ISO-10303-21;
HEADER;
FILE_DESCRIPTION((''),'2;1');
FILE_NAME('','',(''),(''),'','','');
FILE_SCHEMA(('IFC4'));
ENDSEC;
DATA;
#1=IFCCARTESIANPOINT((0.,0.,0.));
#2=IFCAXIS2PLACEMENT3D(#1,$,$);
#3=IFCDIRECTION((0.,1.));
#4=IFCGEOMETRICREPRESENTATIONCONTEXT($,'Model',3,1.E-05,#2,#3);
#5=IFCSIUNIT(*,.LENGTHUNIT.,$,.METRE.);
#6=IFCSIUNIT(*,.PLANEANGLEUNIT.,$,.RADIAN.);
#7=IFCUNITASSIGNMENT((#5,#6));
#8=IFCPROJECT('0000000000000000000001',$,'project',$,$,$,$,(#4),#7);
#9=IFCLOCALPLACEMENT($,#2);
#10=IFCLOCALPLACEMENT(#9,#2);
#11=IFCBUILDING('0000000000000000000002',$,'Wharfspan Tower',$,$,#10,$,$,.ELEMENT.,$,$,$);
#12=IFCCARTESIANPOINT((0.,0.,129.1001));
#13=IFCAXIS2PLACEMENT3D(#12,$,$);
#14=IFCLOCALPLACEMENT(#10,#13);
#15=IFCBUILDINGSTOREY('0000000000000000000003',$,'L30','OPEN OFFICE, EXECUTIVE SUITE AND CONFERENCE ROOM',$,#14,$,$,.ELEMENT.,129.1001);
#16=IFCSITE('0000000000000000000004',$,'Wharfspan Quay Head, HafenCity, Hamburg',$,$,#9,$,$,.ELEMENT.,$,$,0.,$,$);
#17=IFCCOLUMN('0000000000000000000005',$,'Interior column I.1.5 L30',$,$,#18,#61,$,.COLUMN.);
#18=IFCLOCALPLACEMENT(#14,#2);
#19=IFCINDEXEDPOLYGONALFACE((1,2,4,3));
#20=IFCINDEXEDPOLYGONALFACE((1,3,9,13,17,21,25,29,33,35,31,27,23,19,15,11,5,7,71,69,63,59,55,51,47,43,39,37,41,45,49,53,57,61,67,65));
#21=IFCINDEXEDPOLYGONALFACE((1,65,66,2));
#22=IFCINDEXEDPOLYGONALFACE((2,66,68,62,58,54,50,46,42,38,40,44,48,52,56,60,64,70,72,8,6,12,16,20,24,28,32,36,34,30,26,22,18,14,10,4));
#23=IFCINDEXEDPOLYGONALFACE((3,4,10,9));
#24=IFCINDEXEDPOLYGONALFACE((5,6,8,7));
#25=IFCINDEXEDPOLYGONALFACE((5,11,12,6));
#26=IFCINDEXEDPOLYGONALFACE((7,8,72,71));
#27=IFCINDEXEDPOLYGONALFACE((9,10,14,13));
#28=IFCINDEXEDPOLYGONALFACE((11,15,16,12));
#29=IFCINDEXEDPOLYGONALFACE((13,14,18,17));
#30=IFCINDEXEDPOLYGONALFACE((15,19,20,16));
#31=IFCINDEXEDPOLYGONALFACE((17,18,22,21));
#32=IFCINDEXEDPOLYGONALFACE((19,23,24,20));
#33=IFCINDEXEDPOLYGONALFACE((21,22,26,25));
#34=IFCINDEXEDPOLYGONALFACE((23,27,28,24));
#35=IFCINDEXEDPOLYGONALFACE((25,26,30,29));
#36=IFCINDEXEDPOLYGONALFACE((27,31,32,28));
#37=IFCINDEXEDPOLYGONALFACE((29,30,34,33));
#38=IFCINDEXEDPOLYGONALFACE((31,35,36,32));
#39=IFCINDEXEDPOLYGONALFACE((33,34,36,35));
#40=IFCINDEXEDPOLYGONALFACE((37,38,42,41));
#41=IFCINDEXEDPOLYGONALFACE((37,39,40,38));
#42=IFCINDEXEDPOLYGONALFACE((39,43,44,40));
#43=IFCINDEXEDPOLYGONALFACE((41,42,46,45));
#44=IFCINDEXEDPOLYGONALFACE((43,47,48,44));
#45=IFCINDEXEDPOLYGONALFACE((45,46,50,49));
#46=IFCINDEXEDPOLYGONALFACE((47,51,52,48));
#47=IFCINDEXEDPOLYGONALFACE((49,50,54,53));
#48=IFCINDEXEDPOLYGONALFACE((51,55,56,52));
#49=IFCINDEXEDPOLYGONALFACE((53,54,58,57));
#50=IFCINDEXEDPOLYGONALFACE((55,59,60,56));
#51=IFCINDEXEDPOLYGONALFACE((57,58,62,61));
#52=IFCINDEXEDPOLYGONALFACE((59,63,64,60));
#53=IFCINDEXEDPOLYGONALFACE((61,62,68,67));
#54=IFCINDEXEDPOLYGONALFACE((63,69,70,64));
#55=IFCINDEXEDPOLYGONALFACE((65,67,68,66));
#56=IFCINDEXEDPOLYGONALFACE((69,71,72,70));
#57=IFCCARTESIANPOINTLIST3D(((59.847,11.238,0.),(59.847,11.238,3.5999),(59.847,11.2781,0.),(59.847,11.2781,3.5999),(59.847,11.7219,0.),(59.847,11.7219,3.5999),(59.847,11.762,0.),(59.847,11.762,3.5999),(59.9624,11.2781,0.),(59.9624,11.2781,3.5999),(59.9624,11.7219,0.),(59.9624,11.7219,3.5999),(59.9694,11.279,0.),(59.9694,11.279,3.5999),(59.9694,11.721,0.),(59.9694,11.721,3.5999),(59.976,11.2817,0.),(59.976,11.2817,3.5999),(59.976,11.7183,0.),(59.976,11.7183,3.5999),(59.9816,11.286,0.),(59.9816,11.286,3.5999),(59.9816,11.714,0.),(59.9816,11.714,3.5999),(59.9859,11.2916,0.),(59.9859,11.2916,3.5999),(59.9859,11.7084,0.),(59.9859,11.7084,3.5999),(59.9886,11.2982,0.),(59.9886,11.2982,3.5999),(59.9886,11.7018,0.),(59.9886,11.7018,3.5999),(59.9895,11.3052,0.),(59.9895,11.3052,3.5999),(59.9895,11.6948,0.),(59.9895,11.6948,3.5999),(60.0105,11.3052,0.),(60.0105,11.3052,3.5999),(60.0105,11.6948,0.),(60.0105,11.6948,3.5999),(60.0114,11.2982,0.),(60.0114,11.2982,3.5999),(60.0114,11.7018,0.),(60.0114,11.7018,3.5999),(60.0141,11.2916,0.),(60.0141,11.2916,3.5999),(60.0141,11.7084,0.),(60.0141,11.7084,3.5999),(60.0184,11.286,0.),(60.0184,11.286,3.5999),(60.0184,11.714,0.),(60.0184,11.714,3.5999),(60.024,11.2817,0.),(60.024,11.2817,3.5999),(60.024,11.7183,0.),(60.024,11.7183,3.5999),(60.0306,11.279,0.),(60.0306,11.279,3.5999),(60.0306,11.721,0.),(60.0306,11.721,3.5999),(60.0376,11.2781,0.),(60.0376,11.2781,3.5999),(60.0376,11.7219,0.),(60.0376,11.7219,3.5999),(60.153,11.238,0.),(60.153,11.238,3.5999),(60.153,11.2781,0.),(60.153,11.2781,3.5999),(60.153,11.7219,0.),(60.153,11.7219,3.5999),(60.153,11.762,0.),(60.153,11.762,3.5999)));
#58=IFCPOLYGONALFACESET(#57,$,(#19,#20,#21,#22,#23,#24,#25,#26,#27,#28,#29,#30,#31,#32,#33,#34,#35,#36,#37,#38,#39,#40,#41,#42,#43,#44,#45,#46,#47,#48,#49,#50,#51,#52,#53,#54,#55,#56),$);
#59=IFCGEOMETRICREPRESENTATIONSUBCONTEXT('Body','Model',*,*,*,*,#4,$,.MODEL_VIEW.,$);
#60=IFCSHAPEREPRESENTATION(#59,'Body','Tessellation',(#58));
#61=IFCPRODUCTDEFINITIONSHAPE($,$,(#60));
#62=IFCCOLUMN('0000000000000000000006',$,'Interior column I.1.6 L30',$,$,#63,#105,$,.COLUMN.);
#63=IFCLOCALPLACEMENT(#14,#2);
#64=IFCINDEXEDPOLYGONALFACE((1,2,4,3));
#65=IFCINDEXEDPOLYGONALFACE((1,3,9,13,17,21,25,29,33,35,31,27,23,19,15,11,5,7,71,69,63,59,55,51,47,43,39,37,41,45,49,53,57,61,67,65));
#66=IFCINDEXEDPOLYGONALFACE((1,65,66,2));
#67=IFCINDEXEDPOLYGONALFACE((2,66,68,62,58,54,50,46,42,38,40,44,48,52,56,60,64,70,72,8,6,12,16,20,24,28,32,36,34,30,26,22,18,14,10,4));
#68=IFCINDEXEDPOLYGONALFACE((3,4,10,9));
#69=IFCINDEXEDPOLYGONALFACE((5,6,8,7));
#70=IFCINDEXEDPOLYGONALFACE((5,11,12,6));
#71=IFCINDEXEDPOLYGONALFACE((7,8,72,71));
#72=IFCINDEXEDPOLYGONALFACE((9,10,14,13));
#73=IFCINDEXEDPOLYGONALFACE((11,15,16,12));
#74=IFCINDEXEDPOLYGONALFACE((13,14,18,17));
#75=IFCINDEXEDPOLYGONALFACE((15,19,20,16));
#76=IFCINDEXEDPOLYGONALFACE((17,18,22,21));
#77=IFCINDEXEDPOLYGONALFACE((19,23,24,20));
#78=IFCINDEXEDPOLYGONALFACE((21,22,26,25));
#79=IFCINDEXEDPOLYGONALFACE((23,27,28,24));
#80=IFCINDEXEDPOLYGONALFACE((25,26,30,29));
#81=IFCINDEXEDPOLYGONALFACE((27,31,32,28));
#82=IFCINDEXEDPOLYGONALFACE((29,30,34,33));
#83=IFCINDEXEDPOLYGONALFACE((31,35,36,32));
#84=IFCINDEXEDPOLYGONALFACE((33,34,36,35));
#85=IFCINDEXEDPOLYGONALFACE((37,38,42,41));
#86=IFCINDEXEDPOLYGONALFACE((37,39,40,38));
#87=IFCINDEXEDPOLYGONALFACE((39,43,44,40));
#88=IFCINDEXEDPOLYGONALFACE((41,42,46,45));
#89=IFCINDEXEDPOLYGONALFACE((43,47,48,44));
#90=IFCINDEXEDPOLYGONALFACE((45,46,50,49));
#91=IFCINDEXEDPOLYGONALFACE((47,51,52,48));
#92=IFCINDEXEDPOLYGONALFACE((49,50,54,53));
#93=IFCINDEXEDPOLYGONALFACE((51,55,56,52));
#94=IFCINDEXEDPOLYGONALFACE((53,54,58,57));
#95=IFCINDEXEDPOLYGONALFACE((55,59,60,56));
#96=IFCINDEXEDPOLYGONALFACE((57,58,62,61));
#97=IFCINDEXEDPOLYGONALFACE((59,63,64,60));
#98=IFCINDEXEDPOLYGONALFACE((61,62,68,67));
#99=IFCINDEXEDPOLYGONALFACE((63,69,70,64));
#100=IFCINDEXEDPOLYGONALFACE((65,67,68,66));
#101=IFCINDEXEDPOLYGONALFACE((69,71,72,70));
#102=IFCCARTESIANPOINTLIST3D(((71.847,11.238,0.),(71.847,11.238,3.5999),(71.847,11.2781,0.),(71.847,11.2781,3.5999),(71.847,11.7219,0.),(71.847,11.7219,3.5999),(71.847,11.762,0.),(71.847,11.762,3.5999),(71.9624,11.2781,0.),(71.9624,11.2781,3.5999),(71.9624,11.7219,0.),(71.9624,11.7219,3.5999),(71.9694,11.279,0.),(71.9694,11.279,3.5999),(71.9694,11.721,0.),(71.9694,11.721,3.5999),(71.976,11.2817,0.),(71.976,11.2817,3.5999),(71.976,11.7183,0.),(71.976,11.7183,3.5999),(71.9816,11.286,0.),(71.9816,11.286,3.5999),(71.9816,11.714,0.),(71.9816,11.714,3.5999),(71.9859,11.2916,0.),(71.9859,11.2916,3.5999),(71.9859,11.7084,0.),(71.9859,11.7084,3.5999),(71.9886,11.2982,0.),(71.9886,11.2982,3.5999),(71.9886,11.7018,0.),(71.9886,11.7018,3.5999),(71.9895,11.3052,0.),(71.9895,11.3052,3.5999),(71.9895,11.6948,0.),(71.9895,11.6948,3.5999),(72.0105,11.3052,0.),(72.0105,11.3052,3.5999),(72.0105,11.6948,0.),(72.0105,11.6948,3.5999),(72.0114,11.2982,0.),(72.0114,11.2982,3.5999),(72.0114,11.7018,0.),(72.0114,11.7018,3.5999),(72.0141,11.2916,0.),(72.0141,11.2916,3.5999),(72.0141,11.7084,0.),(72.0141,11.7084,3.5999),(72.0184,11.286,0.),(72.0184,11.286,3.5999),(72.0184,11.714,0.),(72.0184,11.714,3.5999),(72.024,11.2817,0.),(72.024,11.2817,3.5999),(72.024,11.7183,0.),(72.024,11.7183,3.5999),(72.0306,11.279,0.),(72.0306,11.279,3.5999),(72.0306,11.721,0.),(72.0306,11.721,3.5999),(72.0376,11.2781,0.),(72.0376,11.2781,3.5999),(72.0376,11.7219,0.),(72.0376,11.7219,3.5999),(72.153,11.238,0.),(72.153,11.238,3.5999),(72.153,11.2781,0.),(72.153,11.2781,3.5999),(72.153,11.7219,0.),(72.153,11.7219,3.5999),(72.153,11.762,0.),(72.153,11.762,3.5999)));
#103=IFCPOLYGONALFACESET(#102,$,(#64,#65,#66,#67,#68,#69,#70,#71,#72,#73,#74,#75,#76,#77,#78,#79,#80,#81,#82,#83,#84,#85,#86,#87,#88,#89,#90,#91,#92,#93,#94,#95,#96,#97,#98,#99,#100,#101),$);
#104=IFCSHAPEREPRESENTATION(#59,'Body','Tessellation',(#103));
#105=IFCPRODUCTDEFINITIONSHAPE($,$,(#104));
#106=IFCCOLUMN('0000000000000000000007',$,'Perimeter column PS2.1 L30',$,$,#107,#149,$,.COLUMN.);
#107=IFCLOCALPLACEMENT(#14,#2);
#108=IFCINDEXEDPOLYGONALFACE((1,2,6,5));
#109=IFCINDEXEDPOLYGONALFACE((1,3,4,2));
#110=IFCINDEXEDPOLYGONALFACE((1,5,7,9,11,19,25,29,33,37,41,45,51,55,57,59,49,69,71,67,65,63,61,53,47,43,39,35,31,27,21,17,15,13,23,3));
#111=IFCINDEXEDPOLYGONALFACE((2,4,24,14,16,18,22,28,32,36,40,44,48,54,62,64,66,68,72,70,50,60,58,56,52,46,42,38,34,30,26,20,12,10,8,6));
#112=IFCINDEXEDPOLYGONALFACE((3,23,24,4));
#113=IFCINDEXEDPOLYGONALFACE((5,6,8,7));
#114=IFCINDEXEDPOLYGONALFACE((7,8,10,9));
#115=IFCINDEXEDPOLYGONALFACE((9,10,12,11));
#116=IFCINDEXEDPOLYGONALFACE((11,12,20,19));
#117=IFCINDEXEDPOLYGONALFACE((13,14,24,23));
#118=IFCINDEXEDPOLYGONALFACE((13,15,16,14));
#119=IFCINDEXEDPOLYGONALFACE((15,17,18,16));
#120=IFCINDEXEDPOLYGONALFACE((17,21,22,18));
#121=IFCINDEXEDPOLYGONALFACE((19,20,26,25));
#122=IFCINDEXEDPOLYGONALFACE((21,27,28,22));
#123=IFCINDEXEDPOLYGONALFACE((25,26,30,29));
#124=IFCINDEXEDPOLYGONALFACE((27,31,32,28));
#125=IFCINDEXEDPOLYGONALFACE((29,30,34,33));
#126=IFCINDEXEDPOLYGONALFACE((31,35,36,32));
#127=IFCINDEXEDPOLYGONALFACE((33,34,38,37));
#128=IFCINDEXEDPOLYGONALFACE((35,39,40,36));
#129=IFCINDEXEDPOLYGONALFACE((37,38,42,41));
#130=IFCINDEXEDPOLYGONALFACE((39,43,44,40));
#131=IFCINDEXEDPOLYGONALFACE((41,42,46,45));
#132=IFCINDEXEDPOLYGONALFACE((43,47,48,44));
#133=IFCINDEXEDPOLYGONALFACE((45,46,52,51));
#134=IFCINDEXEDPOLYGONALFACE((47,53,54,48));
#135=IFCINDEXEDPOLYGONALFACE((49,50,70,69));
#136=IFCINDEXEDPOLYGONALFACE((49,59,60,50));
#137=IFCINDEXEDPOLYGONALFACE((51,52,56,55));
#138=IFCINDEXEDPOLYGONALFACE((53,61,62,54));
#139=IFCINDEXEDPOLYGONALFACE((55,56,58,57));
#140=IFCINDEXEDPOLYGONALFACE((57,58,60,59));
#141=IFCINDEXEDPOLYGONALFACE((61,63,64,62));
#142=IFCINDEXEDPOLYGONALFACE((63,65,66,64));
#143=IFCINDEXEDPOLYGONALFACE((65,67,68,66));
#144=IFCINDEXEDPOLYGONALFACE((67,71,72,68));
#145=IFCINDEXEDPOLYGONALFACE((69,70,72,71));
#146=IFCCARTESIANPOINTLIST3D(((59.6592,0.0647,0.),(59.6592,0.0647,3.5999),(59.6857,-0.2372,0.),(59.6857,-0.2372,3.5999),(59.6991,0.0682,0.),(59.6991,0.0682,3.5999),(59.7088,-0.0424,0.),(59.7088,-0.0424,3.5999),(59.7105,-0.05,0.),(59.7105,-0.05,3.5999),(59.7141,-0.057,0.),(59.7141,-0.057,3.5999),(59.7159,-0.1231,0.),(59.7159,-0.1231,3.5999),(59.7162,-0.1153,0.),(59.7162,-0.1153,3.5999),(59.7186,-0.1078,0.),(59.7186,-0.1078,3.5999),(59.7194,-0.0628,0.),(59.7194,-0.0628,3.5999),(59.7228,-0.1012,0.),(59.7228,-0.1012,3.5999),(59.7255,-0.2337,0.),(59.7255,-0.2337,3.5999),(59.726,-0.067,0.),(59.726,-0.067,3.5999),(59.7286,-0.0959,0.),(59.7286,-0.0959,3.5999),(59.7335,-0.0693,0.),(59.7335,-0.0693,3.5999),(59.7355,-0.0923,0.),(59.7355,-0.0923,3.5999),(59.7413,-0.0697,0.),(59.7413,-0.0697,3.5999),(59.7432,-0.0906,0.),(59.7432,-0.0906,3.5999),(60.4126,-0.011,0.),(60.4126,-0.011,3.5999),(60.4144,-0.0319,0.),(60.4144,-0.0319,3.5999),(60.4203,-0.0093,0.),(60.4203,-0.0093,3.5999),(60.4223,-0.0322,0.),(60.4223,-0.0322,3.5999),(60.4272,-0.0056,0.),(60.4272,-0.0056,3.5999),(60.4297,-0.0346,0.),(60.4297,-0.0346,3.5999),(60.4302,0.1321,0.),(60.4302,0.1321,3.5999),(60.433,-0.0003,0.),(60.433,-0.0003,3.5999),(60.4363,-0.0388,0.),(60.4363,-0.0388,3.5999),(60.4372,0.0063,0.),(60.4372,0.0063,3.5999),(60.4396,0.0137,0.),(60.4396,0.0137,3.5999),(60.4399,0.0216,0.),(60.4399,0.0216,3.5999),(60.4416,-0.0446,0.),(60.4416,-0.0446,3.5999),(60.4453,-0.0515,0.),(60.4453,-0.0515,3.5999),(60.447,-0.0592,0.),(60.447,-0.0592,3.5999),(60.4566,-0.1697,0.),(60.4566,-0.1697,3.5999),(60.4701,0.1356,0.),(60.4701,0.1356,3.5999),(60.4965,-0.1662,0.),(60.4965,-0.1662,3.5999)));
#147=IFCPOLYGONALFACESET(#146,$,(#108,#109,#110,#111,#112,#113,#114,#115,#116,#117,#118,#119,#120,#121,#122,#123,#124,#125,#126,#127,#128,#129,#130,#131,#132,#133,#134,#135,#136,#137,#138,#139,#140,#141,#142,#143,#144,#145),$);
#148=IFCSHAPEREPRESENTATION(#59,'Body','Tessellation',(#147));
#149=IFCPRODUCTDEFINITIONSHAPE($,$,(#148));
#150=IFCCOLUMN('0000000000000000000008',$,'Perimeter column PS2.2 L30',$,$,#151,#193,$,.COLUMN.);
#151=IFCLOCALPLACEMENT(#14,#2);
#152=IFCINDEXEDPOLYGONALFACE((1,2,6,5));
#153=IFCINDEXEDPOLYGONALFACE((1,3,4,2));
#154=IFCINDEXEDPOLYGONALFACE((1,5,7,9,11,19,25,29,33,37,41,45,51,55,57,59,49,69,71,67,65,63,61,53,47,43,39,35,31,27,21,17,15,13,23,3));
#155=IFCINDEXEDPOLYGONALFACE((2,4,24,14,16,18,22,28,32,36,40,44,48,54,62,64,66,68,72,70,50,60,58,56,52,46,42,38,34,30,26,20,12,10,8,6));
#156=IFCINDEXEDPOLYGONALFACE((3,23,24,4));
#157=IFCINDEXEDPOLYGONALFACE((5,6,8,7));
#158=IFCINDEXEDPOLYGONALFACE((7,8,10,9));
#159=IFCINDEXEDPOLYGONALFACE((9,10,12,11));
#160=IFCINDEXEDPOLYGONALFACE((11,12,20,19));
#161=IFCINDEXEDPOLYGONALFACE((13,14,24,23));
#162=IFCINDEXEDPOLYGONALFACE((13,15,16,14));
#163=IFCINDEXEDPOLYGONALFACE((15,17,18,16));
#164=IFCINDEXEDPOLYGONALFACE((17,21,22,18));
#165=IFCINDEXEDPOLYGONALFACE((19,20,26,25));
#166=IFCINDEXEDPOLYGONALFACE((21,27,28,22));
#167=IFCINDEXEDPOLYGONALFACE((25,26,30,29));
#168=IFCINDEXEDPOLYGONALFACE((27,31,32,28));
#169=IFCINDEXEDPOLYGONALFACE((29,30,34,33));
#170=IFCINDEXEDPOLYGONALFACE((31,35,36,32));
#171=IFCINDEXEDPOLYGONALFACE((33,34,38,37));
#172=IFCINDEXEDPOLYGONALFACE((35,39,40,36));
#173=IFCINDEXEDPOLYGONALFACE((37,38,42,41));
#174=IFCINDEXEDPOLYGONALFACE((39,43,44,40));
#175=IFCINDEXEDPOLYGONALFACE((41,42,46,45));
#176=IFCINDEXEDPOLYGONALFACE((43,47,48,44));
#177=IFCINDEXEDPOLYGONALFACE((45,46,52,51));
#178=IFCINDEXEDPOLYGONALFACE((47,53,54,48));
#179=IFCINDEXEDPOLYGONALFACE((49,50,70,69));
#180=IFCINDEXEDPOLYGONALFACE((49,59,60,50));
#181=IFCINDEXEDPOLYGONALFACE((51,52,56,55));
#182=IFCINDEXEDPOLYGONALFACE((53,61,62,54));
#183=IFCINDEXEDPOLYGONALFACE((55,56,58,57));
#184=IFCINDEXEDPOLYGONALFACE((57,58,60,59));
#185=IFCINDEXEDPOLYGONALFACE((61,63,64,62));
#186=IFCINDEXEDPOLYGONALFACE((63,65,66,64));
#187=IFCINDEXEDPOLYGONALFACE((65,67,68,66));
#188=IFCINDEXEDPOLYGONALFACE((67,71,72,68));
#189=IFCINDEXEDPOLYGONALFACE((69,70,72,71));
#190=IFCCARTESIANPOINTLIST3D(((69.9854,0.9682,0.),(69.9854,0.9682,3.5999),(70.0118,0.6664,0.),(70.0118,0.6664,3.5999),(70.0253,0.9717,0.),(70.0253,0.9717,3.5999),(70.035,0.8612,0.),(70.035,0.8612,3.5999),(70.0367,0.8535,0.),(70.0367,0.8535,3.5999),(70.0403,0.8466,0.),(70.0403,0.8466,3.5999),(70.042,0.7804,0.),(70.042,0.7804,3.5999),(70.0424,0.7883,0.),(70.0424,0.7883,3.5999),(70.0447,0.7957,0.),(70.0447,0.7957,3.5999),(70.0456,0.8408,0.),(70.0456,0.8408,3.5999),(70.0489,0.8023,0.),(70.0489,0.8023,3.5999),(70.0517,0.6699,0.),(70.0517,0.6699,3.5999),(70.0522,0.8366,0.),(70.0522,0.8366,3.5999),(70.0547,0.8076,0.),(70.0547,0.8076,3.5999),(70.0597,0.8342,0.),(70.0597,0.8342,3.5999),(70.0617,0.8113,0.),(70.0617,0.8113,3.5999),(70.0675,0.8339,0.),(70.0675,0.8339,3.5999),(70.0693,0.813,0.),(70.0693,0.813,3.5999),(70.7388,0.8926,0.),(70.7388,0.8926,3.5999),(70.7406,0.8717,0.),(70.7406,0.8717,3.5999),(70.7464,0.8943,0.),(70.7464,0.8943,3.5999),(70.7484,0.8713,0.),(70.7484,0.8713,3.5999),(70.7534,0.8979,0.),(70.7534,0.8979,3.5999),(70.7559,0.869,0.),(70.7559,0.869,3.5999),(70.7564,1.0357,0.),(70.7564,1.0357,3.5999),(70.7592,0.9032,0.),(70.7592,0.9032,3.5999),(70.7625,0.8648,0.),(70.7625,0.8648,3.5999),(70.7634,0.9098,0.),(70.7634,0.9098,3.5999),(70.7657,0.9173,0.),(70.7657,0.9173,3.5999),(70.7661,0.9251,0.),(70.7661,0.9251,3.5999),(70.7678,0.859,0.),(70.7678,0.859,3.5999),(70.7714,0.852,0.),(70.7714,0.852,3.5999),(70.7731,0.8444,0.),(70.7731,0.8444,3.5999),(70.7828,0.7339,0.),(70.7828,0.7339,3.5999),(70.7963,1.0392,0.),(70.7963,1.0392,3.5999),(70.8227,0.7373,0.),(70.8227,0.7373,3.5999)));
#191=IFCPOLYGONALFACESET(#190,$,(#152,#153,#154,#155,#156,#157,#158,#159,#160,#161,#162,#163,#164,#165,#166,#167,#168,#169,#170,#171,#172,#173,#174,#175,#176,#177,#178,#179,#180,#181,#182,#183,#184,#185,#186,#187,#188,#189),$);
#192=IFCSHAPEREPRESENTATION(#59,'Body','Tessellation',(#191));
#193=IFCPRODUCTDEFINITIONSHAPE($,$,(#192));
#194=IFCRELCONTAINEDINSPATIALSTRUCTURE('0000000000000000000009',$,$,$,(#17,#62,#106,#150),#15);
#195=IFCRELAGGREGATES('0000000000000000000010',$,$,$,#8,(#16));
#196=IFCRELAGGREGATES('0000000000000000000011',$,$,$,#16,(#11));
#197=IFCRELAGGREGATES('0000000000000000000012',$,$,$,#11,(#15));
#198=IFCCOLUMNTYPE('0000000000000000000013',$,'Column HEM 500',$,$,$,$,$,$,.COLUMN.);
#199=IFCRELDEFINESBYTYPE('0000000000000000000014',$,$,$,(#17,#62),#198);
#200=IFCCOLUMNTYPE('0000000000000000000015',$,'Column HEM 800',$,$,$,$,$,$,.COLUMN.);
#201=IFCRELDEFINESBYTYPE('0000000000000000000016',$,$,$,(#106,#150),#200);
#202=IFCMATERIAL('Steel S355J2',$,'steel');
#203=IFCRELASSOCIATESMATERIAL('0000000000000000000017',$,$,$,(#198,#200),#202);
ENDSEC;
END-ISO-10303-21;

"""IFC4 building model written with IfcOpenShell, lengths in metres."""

from ifc_helpers import new_model, si_unit, direction, frame, origin, origin_2d, place, context, subcontext, project, spatial, i_section, extrude, material, material_profile, profile_set, type_object, element, save


model = new_model("IFC4")

# Units and contexts
model_context = context("Model", 3, precision=1e-05, world=origin(), true_north=direction((0.0, 1.0)))
body_context = subcontext(model_context, "Body", "Model", "MODEL_VIEW")
ifc_project = project(units=[si_unit("LENGTHUNIT", "METRE"), si_unit("PLANEANGLEUNIT", "RADIAN")], contexts=[model_context])

# Site, building, storey
site_placement = place(None, origin())
site = spatial("IfcSite", under=ifc_project, at=site_placement, Name="Wharfspan Quay Head, HafenCity, Hamburg", CompositionType="ELEMENT", RefElevation=0.0)
building_placement = place(site_placement, origin())
building = spatial("IfcBuilding", under=site, at=building_placement, Name="Wharfspan Tower", CompositionType="ELEMENT")
storey_placement = place(building_placement, frame((0.0, 0.0, 129.1001)))
storey = spatial("IfcBuildingStorey", under=building, at=storey_placement, Name="L30", Description="OPEN OFFICE, EXECUTIVE SUITE AND CONFERENCE ROOM", CompositionType="ELEMENT", Elevation=129.1001)

# Columns
ifc_material_1 = material(Name="Steel S355J2", Category="steel")
ifc_material_profile_1 = material_profile(ifc_material_1, i_section(OverallWidth=0.3059, OverallDepth=0.5239, WebThickness=0.021, FlangeThickness=0.04, FilletRadius=0.0271, at=origin_2d()))
ifc_profile_set_1 = profile_set([ifc_material_profile_1], Name="Steel S355J2")
column_type_1 = type_object("IfcColumnType", Name="Column HEM 500", PredefinedType="COLUMN", material=ifc_profile_set_1)
for number, where, z_axis, x_axis, name in (
    (1, (60.0, 11.5, 0.0), (0.0, 0.0, 1.0), (1.0, 0.0, 0.0), "Interior column I.1.5 L30"),
    (2, (72.0, 11.5, 0.0), (0.0, 0.0, 1.0), (1.0, 0.0, 0.0), "Interior column I.1.6 L30"),
):
    element("IfcColumn", number, at=place(storey_placement, frame(where, z_axis=z_axis, x_axis=x_axis)), inside=storey, type_object=column_type_1, Name=name, PredefinedType="COLUMN", context=body_context, shape_type="SweptSolid", body=[
        extrude(i_section(OverallWidth=0.3059, OverallDepth=0.5239, WebThickness=0.021, FlangeThickness=0.04, FilletRadius=0.0271, at=origin_2d()), origin(), (0.0, 0.0, 1.0), 3.5999),
    ])
ifc_material_profile_2 = material_profile(ifc_material_1, i_section(OverallWidth=0.303, OverallDepth=0.814, WebThickness=0.021, FlangeThickness=0.04, FilletRadius=0.03, at=origin_2d()))
ifc_profile_set_2 = profile_set([ifc_material_profile_2], Name="Steel S355J2")
column_type_2 = type_object("IfcColumnType", Name="Column HEM 800", PredefinedType="COLUMN", material=ifc_profile_set_2)
for number, where, z_axis, x_axis, name in (
    (3, (60.0779, -0.0508, 0.0), (0.0, 0.0, 1.0), (0.087156, -0.996198, 0.0), "Perimeter column PS2.1 L30"),
    (4, (70.4041, 0.8528, 0.0), (0.0, 0.0, 1.0), (0.087156, -0.996198, 0.0), "Perimeter column PS2.2 L30"),
):
    element("IfcColumn", number, at=place(storey_placement, frame(where, z_axis=z_axis, x_axis=x_axis)), inside=storey, type_object=column_type_2, Name=name, PredefinedType="COLUMN", context=body_context, shape_type="SweptSolid", body=[
        extrude(i_section(OverallWidth=0.303, OverallDepth=0.814, WebThickness=0.021, FlangeThickness=0.04, FilletRadius=0.03, at=origin_2d()), origin(), (0.0, 0.0, 1.0), 3.5999),
    ])

save(model, "model.ifc")
